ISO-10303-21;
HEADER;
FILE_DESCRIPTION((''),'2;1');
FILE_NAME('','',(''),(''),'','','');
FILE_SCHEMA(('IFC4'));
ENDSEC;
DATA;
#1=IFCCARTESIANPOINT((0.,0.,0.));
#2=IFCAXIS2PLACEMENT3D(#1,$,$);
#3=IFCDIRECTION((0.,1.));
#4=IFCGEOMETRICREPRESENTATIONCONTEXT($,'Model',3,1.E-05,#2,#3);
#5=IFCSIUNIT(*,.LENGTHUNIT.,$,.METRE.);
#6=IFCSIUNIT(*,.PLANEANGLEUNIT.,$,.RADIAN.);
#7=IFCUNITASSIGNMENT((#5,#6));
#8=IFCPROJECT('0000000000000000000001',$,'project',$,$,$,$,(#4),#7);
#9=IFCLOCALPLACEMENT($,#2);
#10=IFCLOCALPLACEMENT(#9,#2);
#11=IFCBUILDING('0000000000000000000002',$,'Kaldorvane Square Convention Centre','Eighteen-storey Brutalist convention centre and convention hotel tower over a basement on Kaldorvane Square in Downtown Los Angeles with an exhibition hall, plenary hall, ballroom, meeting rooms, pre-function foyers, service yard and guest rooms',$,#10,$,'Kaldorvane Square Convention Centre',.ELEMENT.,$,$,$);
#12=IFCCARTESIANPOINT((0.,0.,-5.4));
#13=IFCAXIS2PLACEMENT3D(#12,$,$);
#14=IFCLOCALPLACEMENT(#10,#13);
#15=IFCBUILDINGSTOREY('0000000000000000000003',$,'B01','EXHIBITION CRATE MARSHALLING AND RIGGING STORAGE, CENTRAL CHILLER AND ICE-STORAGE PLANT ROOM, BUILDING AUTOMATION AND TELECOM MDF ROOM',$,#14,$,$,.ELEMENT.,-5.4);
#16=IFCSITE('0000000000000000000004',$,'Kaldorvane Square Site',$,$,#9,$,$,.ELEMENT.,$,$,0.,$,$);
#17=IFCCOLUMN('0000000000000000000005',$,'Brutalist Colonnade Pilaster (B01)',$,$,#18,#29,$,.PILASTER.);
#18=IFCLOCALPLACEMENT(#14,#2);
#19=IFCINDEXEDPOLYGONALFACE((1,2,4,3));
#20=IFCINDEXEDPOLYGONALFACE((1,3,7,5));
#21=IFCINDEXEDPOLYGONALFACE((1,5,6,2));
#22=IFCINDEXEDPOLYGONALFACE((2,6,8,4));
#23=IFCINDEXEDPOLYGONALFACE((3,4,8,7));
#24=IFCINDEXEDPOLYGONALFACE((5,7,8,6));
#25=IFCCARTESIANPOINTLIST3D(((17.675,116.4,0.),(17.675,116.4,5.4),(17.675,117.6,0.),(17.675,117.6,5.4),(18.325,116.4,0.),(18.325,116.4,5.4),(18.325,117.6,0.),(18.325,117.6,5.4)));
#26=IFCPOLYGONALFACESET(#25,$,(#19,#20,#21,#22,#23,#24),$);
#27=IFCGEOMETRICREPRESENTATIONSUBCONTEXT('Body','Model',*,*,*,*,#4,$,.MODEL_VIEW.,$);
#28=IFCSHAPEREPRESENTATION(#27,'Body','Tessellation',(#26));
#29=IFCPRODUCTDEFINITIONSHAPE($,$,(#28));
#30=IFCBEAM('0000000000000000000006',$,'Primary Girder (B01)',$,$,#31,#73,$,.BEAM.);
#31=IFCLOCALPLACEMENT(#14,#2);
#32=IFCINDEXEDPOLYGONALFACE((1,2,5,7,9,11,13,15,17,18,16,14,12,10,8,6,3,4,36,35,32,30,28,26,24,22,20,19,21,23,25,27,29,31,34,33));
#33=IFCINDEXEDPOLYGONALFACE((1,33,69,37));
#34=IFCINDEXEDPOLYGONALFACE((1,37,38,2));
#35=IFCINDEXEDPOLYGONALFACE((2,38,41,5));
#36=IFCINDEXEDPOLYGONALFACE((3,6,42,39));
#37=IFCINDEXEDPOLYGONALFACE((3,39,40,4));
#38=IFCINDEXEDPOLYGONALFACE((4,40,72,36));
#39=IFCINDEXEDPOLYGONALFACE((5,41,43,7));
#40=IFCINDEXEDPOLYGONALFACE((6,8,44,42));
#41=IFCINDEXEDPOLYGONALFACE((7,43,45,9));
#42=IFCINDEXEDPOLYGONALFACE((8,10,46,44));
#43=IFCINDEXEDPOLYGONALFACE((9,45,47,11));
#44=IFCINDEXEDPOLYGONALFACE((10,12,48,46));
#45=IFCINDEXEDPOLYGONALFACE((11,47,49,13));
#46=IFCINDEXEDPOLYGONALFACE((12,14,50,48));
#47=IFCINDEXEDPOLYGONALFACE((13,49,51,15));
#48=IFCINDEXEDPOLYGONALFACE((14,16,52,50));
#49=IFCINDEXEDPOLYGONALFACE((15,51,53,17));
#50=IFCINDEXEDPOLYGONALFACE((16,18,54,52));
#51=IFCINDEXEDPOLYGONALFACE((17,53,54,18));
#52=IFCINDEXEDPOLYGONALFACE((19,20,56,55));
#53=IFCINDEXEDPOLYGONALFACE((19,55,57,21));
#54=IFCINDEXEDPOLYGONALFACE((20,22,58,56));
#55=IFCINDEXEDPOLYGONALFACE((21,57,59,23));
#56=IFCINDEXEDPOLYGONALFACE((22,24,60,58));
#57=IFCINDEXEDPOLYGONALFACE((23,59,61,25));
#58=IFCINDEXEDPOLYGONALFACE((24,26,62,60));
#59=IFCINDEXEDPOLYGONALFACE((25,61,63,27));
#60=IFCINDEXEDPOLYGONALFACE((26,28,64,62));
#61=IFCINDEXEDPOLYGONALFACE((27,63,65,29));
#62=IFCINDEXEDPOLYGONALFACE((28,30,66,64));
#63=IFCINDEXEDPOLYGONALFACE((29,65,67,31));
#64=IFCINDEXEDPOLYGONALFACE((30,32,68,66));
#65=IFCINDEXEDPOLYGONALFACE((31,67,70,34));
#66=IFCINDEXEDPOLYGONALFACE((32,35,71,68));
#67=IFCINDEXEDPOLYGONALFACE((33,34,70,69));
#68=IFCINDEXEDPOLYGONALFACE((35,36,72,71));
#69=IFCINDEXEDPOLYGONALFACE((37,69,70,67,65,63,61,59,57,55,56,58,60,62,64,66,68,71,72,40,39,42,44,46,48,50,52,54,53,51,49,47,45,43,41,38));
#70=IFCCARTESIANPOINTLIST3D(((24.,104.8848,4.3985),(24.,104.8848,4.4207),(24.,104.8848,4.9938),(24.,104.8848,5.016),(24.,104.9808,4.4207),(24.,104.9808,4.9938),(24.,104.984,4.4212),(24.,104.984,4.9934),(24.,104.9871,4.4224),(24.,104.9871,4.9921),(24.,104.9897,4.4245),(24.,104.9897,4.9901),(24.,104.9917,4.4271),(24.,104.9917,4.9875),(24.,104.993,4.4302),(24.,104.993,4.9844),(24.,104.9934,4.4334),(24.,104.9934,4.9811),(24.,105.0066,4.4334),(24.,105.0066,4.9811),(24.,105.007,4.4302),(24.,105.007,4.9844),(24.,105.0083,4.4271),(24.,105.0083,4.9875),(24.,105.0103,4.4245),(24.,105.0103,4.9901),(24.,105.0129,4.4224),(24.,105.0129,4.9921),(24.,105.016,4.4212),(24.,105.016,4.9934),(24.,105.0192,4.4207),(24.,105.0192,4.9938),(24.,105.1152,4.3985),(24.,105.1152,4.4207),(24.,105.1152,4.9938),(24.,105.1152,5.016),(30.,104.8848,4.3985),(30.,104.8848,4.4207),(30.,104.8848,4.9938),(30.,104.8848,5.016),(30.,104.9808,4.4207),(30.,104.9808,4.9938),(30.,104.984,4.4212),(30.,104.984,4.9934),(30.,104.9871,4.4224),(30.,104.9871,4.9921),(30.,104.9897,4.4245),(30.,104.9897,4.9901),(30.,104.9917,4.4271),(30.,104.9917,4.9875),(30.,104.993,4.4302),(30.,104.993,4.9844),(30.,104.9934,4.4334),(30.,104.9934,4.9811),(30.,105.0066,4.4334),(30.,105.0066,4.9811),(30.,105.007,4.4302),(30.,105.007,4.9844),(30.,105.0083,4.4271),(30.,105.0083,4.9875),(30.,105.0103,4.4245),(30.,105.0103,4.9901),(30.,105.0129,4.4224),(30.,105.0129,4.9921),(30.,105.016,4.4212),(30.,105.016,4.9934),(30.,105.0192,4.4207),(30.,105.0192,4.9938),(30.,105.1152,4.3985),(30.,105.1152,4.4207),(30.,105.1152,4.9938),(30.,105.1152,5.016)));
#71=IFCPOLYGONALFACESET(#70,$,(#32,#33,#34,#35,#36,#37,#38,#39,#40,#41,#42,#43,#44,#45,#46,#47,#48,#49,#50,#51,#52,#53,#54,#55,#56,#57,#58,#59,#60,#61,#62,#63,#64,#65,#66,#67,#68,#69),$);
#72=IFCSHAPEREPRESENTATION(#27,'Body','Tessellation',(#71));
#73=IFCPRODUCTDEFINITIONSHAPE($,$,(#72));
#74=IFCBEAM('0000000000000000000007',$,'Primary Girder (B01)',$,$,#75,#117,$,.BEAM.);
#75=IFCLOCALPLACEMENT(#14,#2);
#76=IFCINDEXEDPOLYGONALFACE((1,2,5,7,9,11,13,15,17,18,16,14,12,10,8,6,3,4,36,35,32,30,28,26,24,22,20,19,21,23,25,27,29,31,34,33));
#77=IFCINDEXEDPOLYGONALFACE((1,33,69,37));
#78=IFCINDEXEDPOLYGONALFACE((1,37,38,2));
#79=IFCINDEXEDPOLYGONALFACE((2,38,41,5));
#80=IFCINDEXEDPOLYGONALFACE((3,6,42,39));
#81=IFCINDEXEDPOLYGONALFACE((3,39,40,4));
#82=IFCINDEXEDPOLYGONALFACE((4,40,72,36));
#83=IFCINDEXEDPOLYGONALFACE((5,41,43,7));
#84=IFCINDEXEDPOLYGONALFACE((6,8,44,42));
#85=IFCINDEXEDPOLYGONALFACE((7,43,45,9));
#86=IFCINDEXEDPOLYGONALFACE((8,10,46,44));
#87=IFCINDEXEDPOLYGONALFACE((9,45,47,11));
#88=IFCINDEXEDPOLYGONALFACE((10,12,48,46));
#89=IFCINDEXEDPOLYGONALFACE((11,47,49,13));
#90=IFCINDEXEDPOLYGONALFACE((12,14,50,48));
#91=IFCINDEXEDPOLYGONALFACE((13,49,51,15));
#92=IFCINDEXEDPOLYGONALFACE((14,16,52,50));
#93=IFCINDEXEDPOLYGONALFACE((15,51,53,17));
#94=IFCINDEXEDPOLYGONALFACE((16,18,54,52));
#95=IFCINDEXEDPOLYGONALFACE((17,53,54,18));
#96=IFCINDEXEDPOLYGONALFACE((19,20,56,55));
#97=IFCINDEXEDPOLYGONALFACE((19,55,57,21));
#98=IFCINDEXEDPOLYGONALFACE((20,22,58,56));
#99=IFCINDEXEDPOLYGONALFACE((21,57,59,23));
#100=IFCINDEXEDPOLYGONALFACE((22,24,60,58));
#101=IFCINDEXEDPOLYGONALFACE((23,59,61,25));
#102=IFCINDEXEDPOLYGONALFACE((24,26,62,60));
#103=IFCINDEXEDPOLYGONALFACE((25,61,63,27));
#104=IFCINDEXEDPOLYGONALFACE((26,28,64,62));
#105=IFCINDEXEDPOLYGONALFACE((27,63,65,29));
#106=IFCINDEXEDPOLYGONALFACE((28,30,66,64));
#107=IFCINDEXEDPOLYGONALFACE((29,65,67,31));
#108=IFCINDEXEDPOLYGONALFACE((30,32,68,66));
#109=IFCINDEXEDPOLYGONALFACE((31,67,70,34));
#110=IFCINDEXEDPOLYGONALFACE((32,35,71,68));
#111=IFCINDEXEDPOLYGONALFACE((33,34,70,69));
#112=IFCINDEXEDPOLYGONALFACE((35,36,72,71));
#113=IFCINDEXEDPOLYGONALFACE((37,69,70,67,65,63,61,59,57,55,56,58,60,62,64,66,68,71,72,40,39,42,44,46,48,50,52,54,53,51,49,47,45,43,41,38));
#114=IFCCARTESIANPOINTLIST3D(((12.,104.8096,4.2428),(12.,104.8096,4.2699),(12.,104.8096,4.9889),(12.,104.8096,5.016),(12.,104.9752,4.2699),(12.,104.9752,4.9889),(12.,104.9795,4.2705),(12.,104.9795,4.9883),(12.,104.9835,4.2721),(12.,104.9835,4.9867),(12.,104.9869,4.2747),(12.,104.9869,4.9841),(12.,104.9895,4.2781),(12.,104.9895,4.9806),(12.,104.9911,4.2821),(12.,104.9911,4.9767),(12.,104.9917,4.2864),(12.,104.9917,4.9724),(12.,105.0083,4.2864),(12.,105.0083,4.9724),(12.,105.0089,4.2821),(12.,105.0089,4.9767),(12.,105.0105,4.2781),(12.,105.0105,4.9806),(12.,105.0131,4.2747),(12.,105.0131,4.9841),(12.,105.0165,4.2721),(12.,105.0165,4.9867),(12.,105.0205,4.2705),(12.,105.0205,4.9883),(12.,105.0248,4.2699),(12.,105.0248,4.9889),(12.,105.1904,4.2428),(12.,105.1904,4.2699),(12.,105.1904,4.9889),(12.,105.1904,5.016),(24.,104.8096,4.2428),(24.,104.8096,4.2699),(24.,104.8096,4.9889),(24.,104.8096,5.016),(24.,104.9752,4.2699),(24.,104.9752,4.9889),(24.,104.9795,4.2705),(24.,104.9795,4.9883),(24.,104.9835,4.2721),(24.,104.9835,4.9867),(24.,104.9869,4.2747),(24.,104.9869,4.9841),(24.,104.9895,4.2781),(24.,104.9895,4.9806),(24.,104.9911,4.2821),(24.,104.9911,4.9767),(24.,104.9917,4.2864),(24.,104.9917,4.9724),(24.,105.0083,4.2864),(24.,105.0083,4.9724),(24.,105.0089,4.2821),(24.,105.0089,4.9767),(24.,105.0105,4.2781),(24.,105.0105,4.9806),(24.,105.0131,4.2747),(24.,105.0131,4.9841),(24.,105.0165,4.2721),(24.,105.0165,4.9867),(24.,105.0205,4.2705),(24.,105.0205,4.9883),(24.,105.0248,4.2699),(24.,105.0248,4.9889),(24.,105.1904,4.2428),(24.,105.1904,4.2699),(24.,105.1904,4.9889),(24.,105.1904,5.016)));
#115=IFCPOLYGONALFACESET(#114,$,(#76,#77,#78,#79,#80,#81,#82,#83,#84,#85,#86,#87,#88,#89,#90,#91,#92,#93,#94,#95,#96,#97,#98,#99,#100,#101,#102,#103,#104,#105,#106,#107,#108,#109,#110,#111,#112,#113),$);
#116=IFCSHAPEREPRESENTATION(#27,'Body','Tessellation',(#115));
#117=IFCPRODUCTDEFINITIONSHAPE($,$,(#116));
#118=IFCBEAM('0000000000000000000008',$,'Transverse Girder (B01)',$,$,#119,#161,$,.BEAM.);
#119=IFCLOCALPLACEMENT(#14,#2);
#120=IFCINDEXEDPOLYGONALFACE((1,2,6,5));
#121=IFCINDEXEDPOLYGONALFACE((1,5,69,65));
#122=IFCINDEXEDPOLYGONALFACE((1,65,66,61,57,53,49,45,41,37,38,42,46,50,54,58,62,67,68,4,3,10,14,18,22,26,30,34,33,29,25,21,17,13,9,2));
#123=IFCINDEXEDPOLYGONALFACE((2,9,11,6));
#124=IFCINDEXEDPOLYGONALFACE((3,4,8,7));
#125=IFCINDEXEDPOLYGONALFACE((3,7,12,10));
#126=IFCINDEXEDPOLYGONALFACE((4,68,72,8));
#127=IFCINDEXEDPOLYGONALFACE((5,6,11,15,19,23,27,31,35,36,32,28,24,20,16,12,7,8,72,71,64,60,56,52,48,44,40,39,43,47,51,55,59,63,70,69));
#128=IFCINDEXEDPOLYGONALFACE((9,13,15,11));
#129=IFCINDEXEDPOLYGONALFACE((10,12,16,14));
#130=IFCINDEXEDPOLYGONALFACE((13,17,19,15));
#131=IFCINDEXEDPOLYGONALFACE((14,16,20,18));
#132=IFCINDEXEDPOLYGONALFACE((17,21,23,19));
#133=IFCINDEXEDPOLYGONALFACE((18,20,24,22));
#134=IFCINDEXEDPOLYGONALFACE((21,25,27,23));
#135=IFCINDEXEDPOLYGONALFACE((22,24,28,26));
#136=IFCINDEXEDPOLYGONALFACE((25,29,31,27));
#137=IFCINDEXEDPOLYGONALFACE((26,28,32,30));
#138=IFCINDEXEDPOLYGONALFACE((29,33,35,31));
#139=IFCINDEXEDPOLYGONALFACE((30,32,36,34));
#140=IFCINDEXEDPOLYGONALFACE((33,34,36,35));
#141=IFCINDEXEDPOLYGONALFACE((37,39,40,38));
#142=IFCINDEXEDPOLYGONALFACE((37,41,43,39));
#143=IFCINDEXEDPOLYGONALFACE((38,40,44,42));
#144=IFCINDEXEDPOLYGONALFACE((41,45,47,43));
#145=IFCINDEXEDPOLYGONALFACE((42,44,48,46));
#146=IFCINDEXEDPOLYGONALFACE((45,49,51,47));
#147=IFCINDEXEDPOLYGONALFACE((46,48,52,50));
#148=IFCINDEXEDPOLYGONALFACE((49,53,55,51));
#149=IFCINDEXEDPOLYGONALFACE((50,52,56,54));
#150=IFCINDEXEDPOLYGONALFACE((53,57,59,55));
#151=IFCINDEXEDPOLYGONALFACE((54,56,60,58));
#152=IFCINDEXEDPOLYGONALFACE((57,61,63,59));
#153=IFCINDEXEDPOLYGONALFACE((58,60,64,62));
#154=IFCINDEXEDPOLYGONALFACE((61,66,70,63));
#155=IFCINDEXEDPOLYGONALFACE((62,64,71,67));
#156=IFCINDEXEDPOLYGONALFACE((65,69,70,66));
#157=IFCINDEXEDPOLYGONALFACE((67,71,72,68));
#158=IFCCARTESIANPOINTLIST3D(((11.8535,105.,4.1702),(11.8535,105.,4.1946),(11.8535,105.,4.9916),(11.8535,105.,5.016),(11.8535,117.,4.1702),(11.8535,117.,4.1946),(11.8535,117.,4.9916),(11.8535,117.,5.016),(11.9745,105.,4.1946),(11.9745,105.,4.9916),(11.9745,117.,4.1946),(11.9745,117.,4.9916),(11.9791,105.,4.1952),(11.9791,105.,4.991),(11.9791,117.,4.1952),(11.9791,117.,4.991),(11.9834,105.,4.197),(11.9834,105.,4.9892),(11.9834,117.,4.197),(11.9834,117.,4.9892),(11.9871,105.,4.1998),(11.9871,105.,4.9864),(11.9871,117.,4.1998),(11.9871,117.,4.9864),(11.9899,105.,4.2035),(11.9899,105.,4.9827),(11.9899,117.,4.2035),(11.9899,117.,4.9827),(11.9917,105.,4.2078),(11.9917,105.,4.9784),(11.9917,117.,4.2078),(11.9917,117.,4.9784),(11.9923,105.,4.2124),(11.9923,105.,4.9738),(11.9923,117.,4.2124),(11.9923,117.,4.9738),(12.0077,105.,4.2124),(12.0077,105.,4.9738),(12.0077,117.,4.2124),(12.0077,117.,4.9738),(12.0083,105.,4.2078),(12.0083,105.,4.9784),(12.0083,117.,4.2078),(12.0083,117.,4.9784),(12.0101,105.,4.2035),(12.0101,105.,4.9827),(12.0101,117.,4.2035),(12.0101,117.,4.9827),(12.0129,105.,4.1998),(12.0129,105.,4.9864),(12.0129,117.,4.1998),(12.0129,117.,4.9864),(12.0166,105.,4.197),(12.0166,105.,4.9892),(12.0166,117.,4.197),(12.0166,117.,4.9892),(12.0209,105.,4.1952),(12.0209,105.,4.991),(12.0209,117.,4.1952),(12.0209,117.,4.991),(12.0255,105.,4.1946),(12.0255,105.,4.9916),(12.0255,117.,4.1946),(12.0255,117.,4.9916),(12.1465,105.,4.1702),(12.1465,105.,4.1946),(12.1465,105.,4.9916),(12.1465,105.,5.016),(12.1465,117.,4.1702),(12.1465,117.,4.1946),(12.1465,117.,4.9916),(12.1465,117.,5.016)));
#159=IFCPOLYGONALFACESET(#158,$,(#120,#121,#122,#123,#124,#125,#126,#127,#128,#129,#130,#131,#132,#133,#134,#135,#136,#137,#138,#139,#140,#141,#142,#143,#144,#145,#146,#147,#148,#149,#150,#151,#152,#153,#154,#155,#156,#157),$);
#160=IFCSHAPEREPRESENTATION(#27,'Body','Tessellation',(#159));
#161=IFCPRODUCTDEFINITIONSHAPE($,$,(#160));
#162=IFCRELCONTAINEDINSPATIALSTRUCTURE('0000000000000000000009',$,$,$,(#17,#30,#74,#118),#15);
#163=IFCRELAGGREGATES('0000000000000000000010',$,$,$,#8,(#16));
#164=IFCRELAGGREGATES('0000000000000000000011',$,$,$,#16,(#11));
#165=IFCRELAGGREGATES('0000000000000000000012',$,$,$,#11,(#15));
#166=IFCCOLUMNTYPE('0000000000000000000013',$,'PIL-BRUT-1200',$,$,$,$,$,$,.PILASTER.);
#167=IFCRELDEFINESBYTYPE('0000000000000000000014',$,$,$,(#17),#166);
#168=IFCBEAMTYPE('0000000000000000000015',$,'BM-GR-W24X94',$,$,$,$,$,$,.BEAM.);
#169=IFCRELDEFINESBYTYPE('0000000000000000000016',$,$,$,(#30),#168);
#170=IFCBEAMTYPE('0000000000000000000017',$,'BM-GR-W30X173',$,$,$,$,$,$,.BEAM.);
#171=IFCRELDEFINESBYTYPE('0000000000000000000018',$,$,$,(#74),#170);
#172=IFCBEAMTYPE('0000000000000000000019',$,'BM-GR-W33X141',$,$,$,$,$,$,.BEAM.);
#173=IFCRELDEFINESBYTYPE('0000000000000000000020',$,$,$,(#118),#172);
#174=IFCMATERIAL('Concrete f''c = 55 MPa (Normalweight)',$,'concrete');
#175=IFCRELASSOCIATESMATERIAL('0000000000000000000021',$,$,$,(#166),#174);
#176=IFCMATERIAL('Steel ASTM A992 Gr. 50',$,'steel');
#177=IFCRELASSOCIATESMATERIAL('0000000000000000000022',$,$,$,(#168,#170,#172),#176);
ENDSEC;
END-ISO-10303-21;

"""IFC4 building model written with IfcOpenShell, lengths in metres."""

from ifc_helpers import new_model, si_unit, direction, frame, origin, origin_2d, place, context, subcontext, project, spatial, rectangle, i_section, extrude, material, material_profile, profile_set, type_object, element, save


model = new_model("IFC4")

# Units and contexts
model_context = context("Model", 3, precision=1e-05, world=origin(), true_north=direction((0.0, 1.0)))
body_context = subcontext(model_context, "Body", "Model", "MODEL_VIEW")
ifc_project = project(units=[si_unit("LENGTHUNIT", "METRE"), si_unit("PLANEANGLEUNIT", "RADIAN")], contexts=[model_context])

# Site, building, storey
site_placement = place(None, origin())
site = spatial("IfcSite", under=ifc_project, at=site_placement, Name="Kaldorvane Square Site", CompositionType="ELEMENT", RefElevation=0.0)
building_placement = place(site_placement, origin())
building = spatial("IfcBuilding", under=site, at=building_placement, Name="Kaldorvane Square Convention Centre", Description="Eighteen-storey Brutalist convention centre and convention hotel tower over a basement on Kaldorvane Square in Downtown Los Angeles with an exhibition hall, plenary hall, ballroom, meeting rooms, pre-function foyers, service yard and guest rooms", LongName="Kaldorvane Square Convention Centre", CompositionType="ELEMENT")
storey_placement = place(building_placement, frame((0.0, 0.0, -5.4)))
storey = spatial("IfcBuildingStorey", under=building, at=storey_placement, Name="B01", Description="EXHIBITION CRATE MARSHALLING AND RIGGING STORAGE, CENTRAL CHILLER AND ICE-STORAGE PLANT ROOM, BUILDING AUTOMATION AND TELECOM MDF ROOM", CompositionType="ELEMENT", Elevation=-5.4)

# Column
ifc_material_1 = material(Name="Steel ASTM A992 Gr. 50", Category="steel")
ifc_material_2 = material(Name="Concrete f'c = 55 MPa (Normalweight)", Category="concrete")
ifc_material_profile_1 = material_profile(ifc_material_2, rectangle(XDim=0.65, YDim=1.2, at=origin_2d()), Name="PIL1200X650")
ifc_profile_set_1 = profile_set([ifc_material_profile_1], Name="Concrete f'c = 55 MPa (Normalweight)")
column_type_1 = type_object("IfcColumnType", Name="PIL-BRUT-1200", PredefinedType="PILASTER", material=ifc_profile_set_1)
column_1_placement = place(storey_placement, frame((18.0, 117.0, 0.0), z_axis=(0.0, 0.0, 1.0), x_axis=(1.0, 0.0, 0.0)))
element("IfcColumn", 1, at=column_1_placement, inside=storey, type_object=column_type_1, Name="Brutalist Colonnade Pilaster (B01)", PredefinedType="PILASTER", context=body_context, shape_type="SweptSolid", body=[
    extrude(rectangle(XDim=0.65, YDim=1.2, at=origin_2d()), origin(), (0.0, 0.0, 1.0), 5.4),
])

# Beams
ifc_material_profile_2 = material_profile(ifc_material_1, i_section(OverallWidth=0.2303, OverallDepth=0.6175, WebThickness=0.0131, FlangeThickness=0.0222, FilletRadius=0.0127, at=origin_2d()), Name="W24X94")
ifc_profile_set_2 = profile_set([ifc_material_profile_2], Name="Steel ASTM A992 Gr. 50")
beam_type_1 = type_object("IfcBeamType", Name="BM-GR-W24X94", PredefinedType="BEAM", material=ifc_profile_set_2)
beam_1_placement = place(storey_placement, frame((24.0, 105.0, 4.7073), z_axis=(1.0, 0.0, 0.0), x_axis=(0.0, 1.0, 0.0)))
element("IfcBeam", 2, at=beam_1_placement, inside=storey, type_object=beam_type_1, Name="Primary Girder (B01)", PredefinedType="BEAM", context=body_context, shape_type="SweptSolid", body=[
    extrude(i_section(OverallWidth=0.2303, OverallDepth=0.6175, WebThickness=0.0131, FlangeThickness=0.0222, FilletRadius=0.0127, at=origin_2d()), origin(), (0.0, 0.0, 1.0), 6.0),
])
ifc_material_profile_3 = material_profile(ifc_material_1, i_section(OverallWidth=0.3807, OverallDepth=0.7732, WebThickness=0.0166, FlangeThickness=0.0271, FilletRadius=0.0165, at=origin_2d()), Name="W30X173")
ifc_profile_set_3 = profile_set([ifc_material_profile_3], Name="Steel ASTM A992 Gr. 50")
beam_type_2 = type_object("IfcBeamType", Name="BM-GR-W30X173", PredefinedType="BEAM", material=ifc_profile_set_3)
beam_2_placement = place(storey_placement, frame((12.0, 105.0, 4.6294), z_axis=(1.0, 0.0, 0.0), x_axis=(0.0, 1.0, 0.0)))
element("IfcBeam", 3, at=beam_2_placement, inside=storey, type_object=beam_type_2, Name="Primary Girder (B01)", PredefinedType="BEAM", context=body_context, shape_type="SweptSolid", body=[
    extrude(i_section(OverallWidth=0.3807, OverallDepth=0.7732, WebThickness=0.0166, FlangeThickness=0.0271, FilletRadius=0.0165, at=origin_2d()), origin(), (0.0, 0.0, 1.0), 12.0),
])
ifc_material_profile_4 = material_profile(ifc_material_1, i_section(OverallWidth=0.293, OverallDepth=0.8458, WebThickness=0.0154, FlangeThickness=0.0244, FilletRadius=0.0178, at=origin_2d()), Name="W33X141")
ifc_profile_set_4 = profile_set([ifc_material_profile_4], Name="Steel ASTM A992 Gr. 50")
beam_type_3 = type_object("IfcBeamType", Name="BM-GR-W33X141", PredefinedType="BEAM", material=ifc_profile_set_4)
beam_3_placement = place(storey_placement, frame((12.0, 105.0, 4.5931), z_axis=(0.0, 1.0, 0.0), x_axis=(-1.0, 0.0, 0.0)))
element("IfcBeam", 4, at=beam_3_placement, inside=storey, type_object=beam_type_3, Name="Transverse Girder (B01)", PredefinedType="BEAM", context=body_context, shape_type="SweptSolid", body=[
    extrude(i_section(OverallWidth=0.293, OverallDepth=0.8458, WebThickness=0.0154, FlangeThickness=0.0244, FilletRadius=0.0178, at=origin_2d()), origin(), (0.0, 0.0, 1.0), 12.0),
])

save(model, "model.ifc")
